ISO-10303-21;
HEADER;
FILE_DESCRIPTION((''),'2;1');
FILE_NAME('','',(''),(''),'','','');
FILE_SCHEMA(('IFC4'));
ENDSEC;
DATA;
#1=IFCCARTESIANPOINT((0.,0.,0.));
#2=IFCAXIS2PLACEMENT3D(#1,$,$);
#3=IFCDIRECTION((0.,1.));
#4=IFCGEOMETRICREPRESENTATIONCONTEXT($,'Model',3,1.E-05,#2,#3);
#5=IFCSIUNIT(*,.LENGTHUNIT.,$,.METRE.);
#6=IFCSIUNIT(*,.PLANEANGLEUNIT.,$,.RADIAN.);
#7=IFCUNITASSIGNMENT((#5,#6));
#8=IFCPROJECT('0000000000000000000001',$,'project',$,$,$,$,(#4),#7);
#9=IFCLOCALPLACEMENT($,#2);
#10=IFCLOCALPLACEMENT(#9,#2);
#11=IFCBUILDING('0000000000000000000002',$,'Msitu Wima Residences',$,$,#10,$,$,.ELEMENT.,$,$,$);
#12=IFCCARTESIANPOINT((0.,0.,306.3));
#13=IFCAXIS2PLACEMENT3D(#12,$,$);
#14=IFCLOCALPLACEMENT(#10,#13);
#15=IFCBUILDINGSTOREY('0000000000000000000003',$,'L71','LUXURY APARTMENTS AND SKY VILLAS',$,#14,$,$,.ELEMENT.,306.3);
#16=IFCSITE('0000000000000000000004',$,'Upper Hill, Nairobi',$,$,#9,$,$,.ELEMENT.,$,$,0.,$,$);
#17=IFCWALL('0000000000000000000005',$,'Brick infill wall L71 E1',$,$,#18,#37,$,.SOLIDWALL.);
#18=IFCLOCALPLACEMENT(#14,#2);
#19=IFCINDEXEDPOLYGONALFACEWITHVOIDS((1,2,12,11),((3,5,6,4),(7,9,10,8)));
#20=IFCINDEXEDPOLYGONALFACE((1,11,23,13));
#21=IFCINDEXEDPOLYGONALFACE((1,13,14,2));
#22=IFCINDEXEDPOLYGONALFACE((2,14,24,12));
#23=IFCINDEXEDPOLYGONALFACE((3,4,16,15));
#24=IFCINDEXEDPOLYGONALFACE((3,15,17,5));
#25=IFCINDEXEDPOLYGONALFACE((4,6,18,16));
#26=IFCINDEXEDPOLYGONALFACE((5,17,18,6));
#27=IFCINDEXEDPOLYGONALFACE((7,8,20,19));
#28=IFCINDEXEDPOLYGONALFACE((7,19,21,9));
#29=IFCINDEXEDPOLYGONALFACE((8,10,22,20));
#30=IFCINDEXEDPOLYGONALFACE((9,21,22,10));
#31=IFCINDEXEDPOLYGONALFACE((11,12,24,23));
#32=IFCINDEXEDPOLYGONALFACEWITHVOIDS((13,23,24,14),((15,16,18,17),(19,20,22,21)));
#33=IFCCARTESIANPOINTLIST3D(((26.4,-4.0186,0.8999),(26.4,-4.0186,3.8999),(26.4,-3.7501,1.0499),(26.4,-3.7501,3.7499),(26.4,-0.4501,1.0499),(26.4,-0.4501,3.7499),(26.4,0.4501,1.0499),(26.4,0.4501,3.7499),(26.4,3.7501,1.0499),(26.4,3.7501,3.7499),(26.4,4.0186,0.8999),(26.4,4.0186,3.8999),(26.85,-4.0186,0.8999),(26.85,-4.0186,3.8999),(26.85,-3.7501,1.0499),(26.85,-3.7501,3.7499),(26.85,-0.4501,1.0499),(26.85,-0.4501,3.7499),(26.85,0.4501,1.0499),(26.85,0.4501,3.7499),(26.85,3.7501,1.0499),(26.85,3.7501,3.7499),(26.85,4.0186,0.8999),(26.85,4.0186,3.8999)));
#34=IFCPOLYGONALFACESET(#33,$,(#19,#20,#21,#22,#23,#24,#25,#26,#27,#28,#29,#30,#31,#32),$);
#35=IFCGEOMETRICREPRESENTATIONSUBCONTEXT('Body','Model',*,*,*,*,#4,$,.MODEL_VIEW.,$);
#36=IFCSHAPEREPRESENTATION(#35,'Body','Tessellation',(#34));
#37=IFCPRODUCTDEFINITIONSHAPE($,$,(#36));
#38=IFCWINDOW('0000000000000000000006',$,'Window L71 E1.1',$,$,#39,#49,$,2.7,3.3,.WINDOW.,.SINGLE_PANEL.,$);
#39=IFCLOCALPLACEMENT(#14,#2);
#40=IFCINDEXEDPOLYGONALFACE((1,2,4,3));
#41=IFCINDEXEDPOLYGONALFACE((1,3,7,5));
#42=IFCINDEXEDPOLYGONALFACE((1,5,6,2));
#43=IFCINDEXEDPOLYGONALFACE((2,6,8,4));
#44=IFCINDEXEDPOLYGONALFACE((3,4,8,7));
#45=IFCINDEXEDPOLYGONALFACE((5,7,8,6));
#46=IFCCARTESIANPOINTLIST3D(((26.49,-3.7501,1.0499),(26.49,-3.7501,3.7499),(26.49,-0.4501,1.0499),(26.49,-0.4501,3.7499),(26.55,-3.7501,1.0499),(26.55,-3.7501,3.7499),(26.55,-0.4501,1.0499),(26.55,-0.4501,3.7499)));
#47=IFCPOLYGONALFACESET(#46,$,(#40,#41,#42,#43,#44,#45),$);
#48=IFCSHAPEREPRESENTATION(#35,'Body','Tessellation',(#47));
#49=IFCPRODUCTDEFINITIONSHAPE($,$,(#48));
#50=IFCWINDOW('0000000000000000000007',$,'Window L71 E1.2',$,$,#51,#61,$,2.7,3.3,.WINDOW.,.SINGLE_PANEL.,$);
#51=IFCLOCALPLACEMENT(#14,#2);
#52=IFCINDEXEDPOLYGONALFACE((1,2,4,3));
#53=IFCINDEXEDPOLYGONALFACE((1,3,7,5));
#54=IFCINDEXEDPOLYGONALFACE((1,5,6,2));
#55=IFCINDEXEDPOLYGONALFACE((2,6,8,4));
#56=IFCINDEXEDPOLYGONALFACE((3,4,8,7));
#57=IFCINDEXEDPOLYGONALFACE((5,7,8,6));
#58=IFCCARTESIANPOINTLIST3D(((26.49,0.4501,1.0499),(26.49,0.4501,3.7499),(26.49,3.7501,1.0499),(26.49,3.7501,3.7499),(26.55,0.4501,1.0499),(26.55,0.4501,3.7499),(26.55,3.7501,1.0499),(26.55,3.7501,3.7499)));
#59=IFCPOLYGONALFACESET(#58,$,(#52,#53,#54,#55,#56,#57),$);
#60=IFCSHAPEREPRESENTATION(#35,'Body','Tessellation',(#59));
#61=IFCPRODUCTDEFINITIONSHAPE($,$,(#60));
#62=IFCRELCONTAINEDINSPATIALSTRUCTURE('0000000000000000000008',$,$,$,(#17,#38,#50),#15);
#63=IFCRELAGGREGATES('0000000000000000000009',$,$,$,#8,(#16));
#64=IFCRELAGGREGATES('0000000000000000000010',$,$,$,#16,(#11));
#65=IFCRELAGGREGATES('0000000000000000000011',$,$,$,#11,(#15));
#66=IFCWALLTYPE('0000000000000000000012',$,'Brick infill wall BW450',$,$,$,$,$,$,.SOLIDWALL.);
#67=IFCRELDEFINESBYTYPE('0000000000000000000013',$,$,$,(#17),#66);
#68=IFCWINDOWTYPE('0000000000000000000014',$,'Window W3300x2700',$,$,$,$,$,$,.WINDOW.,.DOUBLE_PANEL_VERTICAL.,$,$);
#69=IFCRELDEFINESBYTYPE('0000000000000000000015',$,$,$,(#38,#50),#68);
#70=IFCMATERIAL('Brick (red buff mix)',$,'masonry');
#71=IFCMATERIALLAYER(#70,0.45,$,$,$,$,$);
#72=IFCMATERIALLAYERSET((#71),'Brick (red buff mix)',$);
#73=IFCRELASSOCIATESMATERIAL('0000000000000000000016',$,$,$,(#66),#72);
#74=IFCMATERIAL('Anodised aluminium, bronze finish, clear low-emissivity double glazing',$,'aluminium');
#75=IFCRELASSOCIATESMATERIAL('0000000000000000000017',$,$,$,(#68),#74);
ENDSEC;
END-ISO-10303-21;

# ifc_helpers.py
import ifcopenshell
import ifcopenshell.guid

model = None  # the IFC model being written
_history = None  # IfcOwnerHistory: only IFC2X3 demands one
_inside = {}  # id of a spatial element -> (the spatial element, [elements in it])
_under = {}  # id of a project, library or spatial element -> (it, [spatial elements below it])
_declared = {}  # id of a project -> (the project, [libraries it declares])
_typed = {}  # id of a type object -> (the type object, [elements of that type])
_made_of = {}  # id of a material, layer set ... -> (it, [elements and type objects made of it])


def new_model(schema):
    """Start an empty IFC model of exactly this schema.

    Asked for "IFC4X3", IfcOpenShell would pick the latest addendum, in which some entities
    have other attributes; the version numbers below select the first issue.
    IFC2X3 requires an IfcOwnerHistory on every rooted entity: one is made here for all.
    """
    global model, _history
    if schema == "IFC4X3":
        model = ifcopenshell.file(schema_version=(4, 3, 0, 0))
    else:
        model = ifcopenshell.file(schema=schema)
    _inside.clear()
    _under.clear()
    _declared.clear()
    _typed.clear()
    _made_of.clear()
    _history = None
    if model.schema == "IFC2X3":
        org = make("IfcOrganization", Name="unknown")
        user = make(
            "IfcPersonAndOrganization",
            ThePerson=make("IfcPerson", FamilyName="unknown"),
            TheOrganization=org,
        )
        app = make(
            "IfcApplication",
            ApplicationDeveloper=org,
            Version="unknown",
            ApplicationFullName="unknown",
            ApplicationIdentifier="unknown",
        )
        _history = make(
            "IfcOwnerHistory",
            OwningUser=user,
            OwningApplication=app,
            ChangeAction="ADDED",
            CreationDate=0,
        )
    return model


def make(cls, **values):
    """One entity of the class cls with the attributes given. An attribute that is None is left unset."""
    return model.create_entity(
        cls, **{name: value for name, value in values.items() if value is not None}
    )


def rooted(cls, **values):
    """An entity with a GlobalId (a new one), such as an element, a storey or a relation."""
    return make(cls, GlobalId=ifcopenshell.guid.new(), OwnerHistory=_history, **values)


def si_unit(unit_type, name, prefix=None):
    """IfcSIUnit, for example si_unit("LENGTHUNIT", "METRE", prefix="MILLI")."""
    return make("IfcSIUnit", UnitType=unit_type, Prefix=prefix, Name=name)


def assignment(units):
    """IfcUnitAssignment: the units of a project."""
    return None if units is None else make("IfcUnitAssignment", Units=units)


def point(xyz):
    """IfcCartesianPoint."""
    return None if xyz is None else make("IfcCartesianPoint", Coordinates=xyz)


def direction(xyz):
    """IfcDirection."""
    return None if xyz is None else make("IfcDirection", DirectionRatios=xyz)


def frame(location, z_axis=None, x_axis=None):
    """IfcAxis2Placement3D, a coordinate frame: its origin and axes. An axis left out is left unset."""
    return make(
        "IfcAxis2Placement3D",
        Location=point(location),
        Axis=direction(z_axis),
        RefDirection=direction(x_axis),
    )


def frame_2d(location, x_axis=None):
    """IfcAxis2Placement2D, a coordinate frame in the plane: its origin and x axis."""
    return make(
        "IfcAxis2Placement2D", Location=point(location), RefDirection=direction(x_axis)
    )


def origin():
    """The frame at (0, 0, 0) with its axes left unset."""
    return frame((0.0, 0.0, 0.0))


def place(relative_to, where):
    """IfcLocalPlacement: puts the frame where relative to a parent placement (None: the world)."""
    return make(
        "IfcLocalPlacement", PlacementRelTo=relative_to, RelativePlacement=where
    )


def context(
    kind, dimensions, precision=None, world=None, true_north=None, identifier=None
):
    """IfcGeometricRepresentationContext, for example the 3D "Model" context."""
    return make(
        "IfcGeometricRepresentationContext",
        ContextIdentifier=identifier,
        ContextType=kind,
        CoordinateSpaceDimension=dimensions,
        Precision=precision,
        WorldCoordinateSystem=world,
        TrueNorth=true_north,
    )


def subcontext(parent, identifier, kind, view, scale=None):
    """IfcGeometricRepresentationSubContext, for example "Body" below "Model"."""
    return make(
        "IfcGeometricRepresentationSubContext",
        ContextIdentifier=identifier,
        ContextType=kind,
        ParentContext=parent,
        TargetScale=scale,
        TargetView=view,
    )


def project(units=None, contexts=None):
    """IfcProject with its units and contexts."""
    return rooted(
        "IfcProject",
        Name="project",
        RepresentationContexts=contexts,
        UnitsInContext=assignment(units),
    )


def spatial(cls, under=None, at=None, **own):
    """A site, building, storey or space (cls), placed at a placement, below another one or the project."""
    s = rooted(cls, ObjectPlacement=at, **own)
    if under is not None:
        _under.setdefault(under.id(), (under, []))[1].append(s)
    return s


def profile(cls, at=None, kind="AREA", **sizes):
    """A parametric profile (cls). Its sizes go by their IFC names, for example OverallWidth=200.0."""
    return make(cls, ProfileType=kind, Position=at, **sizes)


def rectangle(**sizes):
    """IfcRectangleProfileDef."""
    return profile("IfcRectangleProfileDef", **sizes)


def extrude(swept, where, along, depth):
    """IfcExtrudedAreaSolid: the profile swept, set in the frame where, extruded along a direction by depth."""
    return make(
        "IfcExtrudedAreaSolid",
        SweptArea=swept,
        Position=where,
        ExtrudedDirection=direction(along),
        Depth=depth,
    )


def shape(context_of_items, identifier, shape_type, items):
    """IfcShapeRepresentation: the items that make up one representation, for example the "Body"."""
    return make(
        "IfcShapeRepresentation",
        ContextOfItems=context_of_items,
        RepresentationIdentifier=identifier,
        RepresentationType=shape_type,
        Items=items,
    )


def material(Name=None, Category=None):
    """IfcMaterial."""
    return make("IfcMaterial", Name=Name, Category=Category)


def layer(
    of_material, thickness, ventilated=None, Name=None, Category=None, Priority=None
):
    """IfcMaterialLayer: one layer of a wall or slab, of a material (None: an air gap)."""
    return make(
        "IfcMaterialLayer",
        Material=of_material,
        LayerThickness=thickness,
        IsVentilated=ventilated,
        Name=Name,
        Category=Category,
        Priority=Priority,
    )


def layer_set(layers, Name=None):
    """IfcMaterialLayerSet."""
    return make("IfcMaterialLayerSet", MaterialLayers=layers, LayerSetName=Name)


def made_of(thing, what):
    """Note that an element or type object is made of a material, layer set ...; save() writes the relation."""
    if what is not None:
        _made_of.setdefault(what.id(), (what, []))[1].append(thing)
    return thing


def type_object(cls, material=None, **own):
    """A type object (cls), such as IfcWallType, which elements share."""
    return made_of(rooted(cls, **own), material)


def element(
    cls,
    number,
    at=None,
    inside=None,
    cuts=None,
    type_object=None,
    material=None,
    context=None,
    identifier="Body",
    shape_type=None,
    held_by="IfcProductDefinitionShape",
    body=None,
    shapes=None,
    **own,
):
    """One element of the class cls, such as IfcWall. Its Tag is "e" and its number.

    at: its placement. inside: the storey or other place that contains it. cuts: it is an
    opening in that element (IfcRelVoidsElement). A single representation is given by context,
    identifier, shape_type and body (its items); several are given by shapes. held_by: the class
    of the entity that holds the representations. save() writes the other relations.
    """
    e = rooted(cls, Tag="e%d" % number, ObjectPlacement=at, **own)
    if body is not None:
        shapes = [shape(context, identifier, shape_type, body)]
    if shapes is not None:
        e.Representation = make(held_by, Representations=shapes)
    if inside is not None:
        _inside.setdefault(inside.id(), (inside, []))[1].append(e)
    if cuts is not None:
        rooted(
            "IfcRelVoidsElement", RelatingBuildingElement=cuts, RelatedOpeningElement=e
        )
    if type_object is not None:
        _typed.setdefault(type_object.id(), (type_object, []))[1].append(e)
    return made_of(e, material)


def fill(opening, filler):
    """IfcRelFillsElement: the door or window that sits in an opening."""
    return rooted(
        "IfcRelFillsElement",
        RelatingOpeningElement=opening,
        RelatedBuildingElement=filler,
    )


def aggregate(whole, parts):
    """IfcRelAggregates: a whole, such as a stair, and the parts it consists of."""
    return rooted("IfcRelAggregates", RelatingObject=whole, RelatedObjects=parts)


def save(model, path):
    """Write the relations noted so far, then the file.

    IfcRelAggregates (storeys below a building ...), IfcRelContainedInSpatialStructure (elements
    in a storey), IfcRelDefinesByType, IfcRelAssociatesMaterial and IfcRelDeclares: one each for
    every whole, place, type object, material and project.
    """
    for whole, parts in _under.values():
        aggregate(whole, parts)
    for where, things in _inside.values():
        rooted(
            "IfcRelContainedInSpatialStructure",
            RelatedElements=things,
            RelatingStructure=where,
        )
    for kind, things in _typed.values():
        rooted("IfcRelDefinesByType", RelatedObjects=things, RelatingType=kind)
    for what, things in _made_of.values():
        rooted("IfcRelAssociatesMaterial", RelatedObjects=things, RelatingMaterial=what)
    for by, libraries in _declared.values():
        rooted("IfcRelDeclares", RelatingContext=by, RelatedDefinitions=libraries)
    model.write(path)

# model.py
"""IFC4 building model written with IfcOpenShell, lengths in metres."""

from ifc_helpers import new_model, si_unit, direction, frame, frame_2d, origin, place, context, subcontext, project, spatial, rectangle, extrude, material, layer, layer_set, type_object, element, fill, save


model = new_model("IFC4")

# Units and contexts
model_context = context("Model", 3, precision=1e-05, world=origin(), true_north=direction((0.0, 1.0)))
body_context = subcontext(model_context, "Body", "Model", "MODEL_VIEW")
ifc_project = project(units=[si_unit("LENGTHUNIT", "METRE"), si_unit("PLANEANGLEUNIT", "RADIAN")], contexts=[model_context])

# Site, building, storey
site_placement = place(None, origin())
site = spatial("IfcSite", under=ifc_project, at=site_placement, Name="Upper Hill, Nairobi", CompositionType="ELEMENT", RefElevation=0.0)
building_placement = place(site_placement, origin())
building = spatial("IfcBuilding", under=site, at=building_placement, Name="Msitu Wima Residences", CompositionType="ELEMENT")
storey_placement = place(building_placement, frame((0.0, 0.0, 306.3)))
storey = spatial("IfcBuildingStorey", under=building, at=storey_placement, Name="L71", Description="LUXURY APARTMENTS AND SKY VILLAS", CompositionType="ELEMENT", Elevation=306.3)

# Shared definitions
ifc_material_1 = material(Name="Brick (red buff mix)", Category="masonry")
ifc_layer_1 = layer(ifc_material_1, 0.45)
ifc_layer_set_1 = layer_set([ifc_layer_1], Name="Brick (red buff mix)")
wall_type_1 = type_object("IfcWallType", Name="Brick infill wall BW450", PredefinedType="SOLIDWALL", material=ifc_layer_set_1)
ifc_material_2 = material(Name="Anodised aluminium, bronze finish, clear low-emissivity double glazing", Category="aluminium")
window_type = type_object("IfcWindowType", Name="Window W3300x2700", PartitioningType="DOUBLE_PANEL_VERTICAL", PredefinedType="WINDOW", material=ifc_material_2)

# Wall, openings, windows
wall_1_placement = place(storey_placement, frame((26.625, -4.0186, 0.8999), z_axis=(0.0, 0.0, 1.0), x_axis=(0.0, 1.0, 0.0)))
wall_1 = element("IfcWall", 1, at=wall_1_placement, inside=storey, type_object=wall_type_1, Name="Brick infill wall L71 E1", PredefinedType="SOLIDWALL", context=body_context, shape_type="SweptSolid", body=[
    extrude(rectangle(XDim=8.0371, YDim=0.45, at=frame_2d((4.0186, 0.0))), origin(), (0.0, 0.0, 1.0), 3.0),
])
opening_1_placement = place(wall_1_placement, frame((0.2686, 0.0, 0.1499)))
opening_1 = element("IfcOpeningElement", 2, at=opening_1_placement, cuts=wall_1, PredefinedType="OPENING", context=body_context, shape_type="SweptSolid", body=[
    extrude(rectangle(XDim=3.3, YDim=2.7, at=frame_2d((1.6499, 1.3501))), frame((0.0, 0.2349, 0.0), z_axis=(0.0, -1.0, 0.0), x_axis=(1.0, 0.0, 0.0)), (0.0, 0.0, 1.0), 0.47),
])
opening_2_placement = place(wall_1_placement, frame((4.4688, 0.0, 0.1499)))
opening_2 = element("IfcOpeningElement", 3, at=opening_2_placement, cuts=wall_1, PredefinedType="OPENING", context=body_context, shape_type="SweptSolid", body=[
    extrude(rectangle(XDim=3.3, YDim=2.7, at=frame_2d((1.6499, 1.3501))), frame((0.0, 0.2349, 0.0), z_axis=(0.0, -1.0, 0.0), x_axis=(1.0, 0.0, 0.0)), (0.0, 0.0, 1.0), 0.47),
])
window_1_placement = place(opening_1_placement, origin())
window_1 = element("IfcWindow", 4, at=window_1_placement, inside=storey, type_object=window_type, Name="Window L71 E1.1", OverallHeight=2.7, OverallWidth=3.3, PartitioningType="SINGLE_PANEL", PredefinedType="WINDOW", context=body_context, shape_type="SweptSolid", body=[
    extrude(rectangle(XDim=3.3, YDim=2.7, at=frame_2d((1.6499, 1.3501))), frame((0.0, 0.135, 0.0), z_axis=(0.0, -1.0, 0.0), x_axis=(1.0, 0.0, 0.0)), (0.0, 0.0, 1.0), 0.0601),
])
fill(opening_1, window_1)
window_2_placement = place(opening_2_placement, origin())
window_2 = element("IfcWindow", 5, at=window_2_placement, inside=storey, type_object=window_type, Name="Window L71 E1.2", OverallHeight=2.7, OverallWidth=3.3, PartitioningType="SINGLE_PANEL", PredefinedType="WINDOW", context=body_context, shape_type="SweptSolid", body=[
    extrude(rectangle(XDim=3.3, YDim=2.7, at=frame_2d((1.6499, 1.3501))), frame((0.0, 0.135, 0.0), z_axis=(0.0, -1.0, 0.0), x_axis=(1.0, 0.0, 0.0)), (0.0, 0.0, 1.0), 0.0601),
])
fill(opening_2, window_2)

save(model, "model.ifc")
